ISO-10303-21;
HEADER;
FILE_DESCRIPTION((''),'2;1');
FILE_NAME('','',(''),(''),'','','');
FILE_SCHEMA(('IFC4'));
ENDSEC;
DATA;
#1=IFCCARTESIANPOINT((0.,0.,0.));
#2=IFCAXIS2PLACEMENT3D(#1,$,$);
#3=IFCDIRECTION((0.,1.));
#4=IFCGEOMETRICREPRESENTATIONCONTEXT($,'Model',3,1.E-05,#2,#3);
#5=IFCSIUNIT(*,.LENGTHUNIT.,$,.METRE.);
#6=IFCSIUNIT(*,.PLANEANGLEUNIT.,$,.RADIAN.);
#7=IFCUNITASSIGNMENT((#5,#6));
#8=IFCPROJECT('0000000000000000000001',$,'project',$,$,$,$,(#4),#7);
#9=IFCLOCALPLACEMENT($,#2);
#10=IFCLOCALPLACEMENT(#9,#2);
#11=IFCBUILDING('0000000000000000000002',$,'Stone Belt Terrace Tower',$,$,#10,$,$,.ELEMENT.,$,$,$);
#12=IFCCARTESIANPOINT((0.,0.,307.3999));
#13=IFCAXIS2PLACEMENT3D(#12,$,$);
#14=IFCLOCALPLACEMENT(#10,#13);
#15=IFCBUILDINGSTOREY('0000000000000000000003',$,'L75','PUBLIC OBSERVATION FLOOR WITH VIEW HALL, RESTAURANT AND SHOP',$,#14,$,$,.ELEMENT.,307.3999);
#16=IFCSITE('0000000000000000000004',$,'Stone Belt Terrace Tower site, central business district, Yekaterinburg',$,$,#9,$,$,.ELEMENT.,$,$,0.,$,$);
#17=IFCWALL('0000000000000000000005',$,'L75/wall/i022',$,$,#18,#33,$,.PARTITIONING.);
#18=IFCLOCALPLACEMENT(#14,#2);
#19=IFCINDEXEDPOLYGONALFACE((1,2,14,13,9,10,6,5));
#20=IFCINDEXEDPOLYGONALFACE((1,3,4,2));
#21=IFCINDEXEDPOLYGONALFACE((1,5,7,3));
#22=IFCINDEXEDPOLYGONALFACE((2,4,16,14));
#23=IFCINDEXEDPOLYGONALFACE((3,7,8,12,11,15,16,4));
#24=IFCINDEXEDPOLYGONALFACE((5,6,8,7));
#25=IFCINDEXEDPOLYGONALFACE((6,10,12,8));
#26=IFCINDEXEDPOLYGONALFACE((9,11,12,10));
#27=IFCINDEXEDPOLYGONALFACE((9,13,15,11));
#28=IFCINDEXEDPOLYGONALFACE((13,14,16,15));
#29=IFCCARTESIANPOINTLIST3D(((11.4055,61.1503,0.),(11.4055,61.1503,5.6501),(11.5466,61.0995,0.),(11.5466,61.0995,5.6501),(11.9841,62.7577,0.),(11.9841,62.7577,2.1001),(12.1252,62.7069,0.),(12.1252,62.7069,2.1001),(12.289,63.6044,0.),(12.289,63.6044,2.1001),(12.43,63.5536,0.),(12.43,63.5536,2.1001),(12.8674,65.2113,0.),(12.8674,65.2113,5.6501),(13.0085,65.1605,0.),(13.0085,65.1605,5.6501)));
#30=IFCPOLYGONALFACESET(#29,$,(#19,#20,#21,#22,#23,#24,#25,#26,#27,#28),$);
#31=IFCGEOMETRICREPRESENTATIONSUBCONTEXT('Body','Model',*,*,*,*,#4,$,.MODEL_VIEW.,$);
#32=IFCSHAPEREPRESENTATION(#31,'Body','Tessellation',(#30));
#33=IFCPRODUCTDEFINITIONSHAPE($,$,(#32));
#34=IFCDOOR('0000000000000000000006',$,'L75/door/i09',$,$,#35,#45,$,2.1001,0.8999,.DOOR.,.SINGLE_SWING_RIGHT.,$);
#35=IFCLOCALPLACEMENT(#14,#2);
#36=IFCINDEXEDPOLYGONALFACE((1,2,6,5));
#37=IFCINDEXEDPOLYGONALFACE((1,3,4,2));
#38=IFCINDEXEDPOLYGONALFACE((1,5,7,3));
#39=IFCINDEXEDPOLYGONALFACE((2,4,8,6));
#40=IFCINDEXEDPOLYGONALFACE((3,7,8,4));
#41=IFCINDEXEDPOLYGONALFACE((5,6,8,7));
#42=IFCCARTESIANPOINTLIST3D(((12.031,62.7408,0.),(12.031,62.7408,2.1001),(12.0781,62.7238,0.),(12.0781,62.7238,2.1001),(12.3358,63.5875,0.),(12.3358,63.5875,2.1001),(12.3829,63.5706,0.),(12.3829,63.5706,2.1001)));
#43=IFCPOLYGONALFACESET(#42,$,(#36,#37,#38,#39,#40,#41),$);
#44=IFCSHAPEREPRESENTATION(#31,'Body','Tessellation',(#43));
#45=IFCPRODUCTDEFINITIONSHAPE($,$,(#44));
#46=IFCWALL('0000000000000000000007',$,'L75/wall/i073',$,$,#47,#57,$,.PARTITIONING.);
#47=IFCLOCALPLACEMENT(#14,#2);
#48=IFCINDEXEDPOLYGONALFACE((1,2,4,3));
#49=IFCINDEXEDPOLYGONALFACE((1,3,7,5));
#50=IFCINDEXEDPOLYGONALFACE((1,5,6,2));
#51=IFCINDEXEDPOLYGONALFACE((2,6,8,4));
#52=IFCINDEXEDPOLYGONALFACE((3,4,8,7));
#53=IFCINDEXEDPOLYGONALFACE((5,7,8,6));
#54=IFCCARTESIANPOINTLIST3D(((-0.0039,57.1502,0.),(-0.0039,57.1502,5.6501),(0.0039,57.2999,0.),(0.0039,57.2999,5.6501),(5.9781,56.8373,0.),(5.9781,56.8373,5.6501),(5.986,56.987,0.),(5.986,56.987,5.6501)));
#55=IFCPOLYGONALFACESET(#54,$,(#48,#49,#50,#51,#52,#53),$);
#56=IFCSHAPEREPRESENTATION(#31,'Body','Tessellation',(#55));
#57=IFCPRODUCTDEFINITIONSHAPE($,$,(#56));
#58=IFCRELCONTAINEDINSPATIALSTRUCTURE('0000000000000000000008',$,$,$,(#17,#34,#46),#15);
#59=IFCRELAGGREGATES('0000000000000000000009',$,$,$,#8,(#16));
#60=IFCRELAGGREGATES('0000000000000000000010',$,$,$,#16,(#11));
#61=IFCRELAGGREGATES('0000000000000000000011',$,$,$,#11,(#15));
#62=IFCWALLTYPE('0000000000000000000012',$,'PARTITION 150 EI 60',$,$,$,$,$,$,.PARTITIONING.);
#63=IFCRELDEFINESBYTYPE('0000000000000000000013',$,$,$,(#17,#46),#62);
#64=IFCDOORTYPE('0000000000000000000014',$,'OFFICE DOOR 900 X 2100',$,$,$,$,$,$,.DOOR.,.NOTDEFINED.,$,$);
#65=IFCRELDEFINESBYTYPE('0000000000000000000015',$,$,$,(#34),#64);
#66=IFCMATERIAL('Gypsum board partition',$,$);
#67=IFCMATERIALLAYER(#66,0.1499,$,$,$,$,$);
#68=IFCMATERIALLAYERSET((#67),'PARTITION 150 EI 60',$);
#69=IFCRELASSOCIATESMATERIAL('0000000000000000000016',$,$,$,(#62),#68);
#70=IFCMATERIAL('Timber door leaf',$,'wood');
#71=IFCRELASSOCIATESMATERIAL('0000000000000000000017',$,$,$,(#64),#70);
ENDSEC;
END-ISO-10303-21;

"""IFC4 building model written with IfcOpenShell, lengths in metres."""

from ifc_helpers import new_model, si_unit, direction, frame, frame_2d, origin, place, context, subcontext, project, spatial, rectangle, extrude, material, layer, layer_set, type_object, element, fill, save


model = new_model("IFC4")

# Units and contexts
model_context = context("Model", 3, precision=1e-05, world=origin(), true_north=direction((0.0, 1.0)))
body_context = subcontext(model_context, "Body", "Model", "MODEL_VIEW")
ifc_project = project(units=[si_unit("LENGTHUNIT", "METRE"), si_unit("PLANEANGLEUNIT", "RADIAN")], contexts=[model_context])

# Site, building, storey
site_placement = place(None, origin())
site = spatial("IfcSite", under=ifc_project, at=site_placement, Name="Stone Belt Terrace Tower site, central business district, Yekaterinburg", CompositionType="ELEMENT", RefElevation=0.0)
building_placement = place(site_placement, origin())
building = spatial("IfcBuilding", under=site, at=building_placement, Name="Stone Belt Terrace Tower", CompositionType="ELEMENT")
storey_placement = place(building_placement, frame((0.0, 0.0, 307.3999)))
storey = spatial("IfcBuildingStorey", under=building, at=storey_placement, Name="L75", Description="PUBLIC OBSERVATION FLOOR WITH VIEW HALL, RESTAURANT AND SHOP", CompositionType="ELEMENT", Elevation=307.3999)

# Wall, opening, door
ifc_material_1 = material(Name="Gypsum board partition")
ifc_layer_1 = layer(ifc_material_1, 0.1499)
ifc_layer_set_1 = layer_set([ifc_layer_1], Name="PARTITION 150 EI 60")
wall_type_1 = type_object("IfcWallType", Name="PARTITION 150 EI 60", PredefinedType="PARTITIONING", material=ifc_layer_set_1)
wall_1_placement = place(storey_placement, frame((12.938, 65.186, 0.0), z_axis=(0.0, 0.0, 1.0), x_axis=(-0.338707, -0.940892, 0.0)))
wall_1 = element("IfcWall", 1, at=wall_1_placement, inside=storey, type_object=wall_type_1, Name="L75/wall/i022", PredefinedType="PARTITIONING", context=body_context, shape_type="SweptSolid", body=[
    extrude(rectangle(XDim=4.3162, YDim=0.1499, at=frame_2d((2.1582, 0.0))), origin(), (0.0, 0.0, 1.0), 5.6501),
])
opening_placement = place(wall_1_placement, frame((1.708, 0.0, 0.0)))
opening = element("IfcOpeningElement", 2, at=opening_placement, cuts=wall_1, PredefinedType="OPENING", context=body_context, shape_type="SweptSolid", body=[
    extrude(rectangle(XDim=0.8999, YDim=2.1001, at=frame_2d((0.45, 1.05))), frame((0.0, 0.085, 0.0), z_axis=(0.0, -1.0, 0.0), x_axis=(1.0, 0.0, 0.0)), (0.0, 0.0, 1.0), 0.1699),
])
ifc_material_2 = material(Name="Timber door leaf", Category="wood")
door_type = type_object("IfcDoorType", Name="OFFICE DOOR 900 X 2100", OperationType="NOTDEFINED", PredefinedType="DOOR", material=ifc_material_2)
door_placement = place(opening_placement, origin())
door = element("IfcDoor", 3, at=door_placement, inside=storey, type_object=door_type, Name="L75/door/i09", OperationType="SINGLE_SWING_RIGHT", OverallHeight=2.1001, OverallWidth=0.8999, PredefinedType="DOOR", context=body_context, shape_type="SweptSolid", body=[
    extrude(rectangle(XDim=0.8999, YDim=2.1001, at=frame_2d((0.45, 1.05))), frame((0.0, 0.0249, 0.0), z_axis=(0.0, -1.0, 0.0), x_axis=(1.0, 0.0, 0.0)), (0.0, 0.0, 1.0), 0.05),
])
fill(opening, door)

# Wall
wall_2_placement = place(storey_placement, frame((0.0, 57.2251, 0.0), z_axis=(0.0, 0.0, 1.0), x_axis=(0.998634, -0.052251, 0.0)))
element("IfcWall", 4, at=wall_2_placement, inside=storey, type_object=wall_type_1, Name="L75/wall/i073", PredefinedType="PARTITIONING", context=body_context, shape_type="SweptSolid", body=[
    extrude(rectangle(XDim=5.9902, YDim=0.1499, at=frame_2d((2.9951, 0.0))), origin(), (0.0, 0.0, 1.0), 5.6501),
])

save(model, "model.ifc")
